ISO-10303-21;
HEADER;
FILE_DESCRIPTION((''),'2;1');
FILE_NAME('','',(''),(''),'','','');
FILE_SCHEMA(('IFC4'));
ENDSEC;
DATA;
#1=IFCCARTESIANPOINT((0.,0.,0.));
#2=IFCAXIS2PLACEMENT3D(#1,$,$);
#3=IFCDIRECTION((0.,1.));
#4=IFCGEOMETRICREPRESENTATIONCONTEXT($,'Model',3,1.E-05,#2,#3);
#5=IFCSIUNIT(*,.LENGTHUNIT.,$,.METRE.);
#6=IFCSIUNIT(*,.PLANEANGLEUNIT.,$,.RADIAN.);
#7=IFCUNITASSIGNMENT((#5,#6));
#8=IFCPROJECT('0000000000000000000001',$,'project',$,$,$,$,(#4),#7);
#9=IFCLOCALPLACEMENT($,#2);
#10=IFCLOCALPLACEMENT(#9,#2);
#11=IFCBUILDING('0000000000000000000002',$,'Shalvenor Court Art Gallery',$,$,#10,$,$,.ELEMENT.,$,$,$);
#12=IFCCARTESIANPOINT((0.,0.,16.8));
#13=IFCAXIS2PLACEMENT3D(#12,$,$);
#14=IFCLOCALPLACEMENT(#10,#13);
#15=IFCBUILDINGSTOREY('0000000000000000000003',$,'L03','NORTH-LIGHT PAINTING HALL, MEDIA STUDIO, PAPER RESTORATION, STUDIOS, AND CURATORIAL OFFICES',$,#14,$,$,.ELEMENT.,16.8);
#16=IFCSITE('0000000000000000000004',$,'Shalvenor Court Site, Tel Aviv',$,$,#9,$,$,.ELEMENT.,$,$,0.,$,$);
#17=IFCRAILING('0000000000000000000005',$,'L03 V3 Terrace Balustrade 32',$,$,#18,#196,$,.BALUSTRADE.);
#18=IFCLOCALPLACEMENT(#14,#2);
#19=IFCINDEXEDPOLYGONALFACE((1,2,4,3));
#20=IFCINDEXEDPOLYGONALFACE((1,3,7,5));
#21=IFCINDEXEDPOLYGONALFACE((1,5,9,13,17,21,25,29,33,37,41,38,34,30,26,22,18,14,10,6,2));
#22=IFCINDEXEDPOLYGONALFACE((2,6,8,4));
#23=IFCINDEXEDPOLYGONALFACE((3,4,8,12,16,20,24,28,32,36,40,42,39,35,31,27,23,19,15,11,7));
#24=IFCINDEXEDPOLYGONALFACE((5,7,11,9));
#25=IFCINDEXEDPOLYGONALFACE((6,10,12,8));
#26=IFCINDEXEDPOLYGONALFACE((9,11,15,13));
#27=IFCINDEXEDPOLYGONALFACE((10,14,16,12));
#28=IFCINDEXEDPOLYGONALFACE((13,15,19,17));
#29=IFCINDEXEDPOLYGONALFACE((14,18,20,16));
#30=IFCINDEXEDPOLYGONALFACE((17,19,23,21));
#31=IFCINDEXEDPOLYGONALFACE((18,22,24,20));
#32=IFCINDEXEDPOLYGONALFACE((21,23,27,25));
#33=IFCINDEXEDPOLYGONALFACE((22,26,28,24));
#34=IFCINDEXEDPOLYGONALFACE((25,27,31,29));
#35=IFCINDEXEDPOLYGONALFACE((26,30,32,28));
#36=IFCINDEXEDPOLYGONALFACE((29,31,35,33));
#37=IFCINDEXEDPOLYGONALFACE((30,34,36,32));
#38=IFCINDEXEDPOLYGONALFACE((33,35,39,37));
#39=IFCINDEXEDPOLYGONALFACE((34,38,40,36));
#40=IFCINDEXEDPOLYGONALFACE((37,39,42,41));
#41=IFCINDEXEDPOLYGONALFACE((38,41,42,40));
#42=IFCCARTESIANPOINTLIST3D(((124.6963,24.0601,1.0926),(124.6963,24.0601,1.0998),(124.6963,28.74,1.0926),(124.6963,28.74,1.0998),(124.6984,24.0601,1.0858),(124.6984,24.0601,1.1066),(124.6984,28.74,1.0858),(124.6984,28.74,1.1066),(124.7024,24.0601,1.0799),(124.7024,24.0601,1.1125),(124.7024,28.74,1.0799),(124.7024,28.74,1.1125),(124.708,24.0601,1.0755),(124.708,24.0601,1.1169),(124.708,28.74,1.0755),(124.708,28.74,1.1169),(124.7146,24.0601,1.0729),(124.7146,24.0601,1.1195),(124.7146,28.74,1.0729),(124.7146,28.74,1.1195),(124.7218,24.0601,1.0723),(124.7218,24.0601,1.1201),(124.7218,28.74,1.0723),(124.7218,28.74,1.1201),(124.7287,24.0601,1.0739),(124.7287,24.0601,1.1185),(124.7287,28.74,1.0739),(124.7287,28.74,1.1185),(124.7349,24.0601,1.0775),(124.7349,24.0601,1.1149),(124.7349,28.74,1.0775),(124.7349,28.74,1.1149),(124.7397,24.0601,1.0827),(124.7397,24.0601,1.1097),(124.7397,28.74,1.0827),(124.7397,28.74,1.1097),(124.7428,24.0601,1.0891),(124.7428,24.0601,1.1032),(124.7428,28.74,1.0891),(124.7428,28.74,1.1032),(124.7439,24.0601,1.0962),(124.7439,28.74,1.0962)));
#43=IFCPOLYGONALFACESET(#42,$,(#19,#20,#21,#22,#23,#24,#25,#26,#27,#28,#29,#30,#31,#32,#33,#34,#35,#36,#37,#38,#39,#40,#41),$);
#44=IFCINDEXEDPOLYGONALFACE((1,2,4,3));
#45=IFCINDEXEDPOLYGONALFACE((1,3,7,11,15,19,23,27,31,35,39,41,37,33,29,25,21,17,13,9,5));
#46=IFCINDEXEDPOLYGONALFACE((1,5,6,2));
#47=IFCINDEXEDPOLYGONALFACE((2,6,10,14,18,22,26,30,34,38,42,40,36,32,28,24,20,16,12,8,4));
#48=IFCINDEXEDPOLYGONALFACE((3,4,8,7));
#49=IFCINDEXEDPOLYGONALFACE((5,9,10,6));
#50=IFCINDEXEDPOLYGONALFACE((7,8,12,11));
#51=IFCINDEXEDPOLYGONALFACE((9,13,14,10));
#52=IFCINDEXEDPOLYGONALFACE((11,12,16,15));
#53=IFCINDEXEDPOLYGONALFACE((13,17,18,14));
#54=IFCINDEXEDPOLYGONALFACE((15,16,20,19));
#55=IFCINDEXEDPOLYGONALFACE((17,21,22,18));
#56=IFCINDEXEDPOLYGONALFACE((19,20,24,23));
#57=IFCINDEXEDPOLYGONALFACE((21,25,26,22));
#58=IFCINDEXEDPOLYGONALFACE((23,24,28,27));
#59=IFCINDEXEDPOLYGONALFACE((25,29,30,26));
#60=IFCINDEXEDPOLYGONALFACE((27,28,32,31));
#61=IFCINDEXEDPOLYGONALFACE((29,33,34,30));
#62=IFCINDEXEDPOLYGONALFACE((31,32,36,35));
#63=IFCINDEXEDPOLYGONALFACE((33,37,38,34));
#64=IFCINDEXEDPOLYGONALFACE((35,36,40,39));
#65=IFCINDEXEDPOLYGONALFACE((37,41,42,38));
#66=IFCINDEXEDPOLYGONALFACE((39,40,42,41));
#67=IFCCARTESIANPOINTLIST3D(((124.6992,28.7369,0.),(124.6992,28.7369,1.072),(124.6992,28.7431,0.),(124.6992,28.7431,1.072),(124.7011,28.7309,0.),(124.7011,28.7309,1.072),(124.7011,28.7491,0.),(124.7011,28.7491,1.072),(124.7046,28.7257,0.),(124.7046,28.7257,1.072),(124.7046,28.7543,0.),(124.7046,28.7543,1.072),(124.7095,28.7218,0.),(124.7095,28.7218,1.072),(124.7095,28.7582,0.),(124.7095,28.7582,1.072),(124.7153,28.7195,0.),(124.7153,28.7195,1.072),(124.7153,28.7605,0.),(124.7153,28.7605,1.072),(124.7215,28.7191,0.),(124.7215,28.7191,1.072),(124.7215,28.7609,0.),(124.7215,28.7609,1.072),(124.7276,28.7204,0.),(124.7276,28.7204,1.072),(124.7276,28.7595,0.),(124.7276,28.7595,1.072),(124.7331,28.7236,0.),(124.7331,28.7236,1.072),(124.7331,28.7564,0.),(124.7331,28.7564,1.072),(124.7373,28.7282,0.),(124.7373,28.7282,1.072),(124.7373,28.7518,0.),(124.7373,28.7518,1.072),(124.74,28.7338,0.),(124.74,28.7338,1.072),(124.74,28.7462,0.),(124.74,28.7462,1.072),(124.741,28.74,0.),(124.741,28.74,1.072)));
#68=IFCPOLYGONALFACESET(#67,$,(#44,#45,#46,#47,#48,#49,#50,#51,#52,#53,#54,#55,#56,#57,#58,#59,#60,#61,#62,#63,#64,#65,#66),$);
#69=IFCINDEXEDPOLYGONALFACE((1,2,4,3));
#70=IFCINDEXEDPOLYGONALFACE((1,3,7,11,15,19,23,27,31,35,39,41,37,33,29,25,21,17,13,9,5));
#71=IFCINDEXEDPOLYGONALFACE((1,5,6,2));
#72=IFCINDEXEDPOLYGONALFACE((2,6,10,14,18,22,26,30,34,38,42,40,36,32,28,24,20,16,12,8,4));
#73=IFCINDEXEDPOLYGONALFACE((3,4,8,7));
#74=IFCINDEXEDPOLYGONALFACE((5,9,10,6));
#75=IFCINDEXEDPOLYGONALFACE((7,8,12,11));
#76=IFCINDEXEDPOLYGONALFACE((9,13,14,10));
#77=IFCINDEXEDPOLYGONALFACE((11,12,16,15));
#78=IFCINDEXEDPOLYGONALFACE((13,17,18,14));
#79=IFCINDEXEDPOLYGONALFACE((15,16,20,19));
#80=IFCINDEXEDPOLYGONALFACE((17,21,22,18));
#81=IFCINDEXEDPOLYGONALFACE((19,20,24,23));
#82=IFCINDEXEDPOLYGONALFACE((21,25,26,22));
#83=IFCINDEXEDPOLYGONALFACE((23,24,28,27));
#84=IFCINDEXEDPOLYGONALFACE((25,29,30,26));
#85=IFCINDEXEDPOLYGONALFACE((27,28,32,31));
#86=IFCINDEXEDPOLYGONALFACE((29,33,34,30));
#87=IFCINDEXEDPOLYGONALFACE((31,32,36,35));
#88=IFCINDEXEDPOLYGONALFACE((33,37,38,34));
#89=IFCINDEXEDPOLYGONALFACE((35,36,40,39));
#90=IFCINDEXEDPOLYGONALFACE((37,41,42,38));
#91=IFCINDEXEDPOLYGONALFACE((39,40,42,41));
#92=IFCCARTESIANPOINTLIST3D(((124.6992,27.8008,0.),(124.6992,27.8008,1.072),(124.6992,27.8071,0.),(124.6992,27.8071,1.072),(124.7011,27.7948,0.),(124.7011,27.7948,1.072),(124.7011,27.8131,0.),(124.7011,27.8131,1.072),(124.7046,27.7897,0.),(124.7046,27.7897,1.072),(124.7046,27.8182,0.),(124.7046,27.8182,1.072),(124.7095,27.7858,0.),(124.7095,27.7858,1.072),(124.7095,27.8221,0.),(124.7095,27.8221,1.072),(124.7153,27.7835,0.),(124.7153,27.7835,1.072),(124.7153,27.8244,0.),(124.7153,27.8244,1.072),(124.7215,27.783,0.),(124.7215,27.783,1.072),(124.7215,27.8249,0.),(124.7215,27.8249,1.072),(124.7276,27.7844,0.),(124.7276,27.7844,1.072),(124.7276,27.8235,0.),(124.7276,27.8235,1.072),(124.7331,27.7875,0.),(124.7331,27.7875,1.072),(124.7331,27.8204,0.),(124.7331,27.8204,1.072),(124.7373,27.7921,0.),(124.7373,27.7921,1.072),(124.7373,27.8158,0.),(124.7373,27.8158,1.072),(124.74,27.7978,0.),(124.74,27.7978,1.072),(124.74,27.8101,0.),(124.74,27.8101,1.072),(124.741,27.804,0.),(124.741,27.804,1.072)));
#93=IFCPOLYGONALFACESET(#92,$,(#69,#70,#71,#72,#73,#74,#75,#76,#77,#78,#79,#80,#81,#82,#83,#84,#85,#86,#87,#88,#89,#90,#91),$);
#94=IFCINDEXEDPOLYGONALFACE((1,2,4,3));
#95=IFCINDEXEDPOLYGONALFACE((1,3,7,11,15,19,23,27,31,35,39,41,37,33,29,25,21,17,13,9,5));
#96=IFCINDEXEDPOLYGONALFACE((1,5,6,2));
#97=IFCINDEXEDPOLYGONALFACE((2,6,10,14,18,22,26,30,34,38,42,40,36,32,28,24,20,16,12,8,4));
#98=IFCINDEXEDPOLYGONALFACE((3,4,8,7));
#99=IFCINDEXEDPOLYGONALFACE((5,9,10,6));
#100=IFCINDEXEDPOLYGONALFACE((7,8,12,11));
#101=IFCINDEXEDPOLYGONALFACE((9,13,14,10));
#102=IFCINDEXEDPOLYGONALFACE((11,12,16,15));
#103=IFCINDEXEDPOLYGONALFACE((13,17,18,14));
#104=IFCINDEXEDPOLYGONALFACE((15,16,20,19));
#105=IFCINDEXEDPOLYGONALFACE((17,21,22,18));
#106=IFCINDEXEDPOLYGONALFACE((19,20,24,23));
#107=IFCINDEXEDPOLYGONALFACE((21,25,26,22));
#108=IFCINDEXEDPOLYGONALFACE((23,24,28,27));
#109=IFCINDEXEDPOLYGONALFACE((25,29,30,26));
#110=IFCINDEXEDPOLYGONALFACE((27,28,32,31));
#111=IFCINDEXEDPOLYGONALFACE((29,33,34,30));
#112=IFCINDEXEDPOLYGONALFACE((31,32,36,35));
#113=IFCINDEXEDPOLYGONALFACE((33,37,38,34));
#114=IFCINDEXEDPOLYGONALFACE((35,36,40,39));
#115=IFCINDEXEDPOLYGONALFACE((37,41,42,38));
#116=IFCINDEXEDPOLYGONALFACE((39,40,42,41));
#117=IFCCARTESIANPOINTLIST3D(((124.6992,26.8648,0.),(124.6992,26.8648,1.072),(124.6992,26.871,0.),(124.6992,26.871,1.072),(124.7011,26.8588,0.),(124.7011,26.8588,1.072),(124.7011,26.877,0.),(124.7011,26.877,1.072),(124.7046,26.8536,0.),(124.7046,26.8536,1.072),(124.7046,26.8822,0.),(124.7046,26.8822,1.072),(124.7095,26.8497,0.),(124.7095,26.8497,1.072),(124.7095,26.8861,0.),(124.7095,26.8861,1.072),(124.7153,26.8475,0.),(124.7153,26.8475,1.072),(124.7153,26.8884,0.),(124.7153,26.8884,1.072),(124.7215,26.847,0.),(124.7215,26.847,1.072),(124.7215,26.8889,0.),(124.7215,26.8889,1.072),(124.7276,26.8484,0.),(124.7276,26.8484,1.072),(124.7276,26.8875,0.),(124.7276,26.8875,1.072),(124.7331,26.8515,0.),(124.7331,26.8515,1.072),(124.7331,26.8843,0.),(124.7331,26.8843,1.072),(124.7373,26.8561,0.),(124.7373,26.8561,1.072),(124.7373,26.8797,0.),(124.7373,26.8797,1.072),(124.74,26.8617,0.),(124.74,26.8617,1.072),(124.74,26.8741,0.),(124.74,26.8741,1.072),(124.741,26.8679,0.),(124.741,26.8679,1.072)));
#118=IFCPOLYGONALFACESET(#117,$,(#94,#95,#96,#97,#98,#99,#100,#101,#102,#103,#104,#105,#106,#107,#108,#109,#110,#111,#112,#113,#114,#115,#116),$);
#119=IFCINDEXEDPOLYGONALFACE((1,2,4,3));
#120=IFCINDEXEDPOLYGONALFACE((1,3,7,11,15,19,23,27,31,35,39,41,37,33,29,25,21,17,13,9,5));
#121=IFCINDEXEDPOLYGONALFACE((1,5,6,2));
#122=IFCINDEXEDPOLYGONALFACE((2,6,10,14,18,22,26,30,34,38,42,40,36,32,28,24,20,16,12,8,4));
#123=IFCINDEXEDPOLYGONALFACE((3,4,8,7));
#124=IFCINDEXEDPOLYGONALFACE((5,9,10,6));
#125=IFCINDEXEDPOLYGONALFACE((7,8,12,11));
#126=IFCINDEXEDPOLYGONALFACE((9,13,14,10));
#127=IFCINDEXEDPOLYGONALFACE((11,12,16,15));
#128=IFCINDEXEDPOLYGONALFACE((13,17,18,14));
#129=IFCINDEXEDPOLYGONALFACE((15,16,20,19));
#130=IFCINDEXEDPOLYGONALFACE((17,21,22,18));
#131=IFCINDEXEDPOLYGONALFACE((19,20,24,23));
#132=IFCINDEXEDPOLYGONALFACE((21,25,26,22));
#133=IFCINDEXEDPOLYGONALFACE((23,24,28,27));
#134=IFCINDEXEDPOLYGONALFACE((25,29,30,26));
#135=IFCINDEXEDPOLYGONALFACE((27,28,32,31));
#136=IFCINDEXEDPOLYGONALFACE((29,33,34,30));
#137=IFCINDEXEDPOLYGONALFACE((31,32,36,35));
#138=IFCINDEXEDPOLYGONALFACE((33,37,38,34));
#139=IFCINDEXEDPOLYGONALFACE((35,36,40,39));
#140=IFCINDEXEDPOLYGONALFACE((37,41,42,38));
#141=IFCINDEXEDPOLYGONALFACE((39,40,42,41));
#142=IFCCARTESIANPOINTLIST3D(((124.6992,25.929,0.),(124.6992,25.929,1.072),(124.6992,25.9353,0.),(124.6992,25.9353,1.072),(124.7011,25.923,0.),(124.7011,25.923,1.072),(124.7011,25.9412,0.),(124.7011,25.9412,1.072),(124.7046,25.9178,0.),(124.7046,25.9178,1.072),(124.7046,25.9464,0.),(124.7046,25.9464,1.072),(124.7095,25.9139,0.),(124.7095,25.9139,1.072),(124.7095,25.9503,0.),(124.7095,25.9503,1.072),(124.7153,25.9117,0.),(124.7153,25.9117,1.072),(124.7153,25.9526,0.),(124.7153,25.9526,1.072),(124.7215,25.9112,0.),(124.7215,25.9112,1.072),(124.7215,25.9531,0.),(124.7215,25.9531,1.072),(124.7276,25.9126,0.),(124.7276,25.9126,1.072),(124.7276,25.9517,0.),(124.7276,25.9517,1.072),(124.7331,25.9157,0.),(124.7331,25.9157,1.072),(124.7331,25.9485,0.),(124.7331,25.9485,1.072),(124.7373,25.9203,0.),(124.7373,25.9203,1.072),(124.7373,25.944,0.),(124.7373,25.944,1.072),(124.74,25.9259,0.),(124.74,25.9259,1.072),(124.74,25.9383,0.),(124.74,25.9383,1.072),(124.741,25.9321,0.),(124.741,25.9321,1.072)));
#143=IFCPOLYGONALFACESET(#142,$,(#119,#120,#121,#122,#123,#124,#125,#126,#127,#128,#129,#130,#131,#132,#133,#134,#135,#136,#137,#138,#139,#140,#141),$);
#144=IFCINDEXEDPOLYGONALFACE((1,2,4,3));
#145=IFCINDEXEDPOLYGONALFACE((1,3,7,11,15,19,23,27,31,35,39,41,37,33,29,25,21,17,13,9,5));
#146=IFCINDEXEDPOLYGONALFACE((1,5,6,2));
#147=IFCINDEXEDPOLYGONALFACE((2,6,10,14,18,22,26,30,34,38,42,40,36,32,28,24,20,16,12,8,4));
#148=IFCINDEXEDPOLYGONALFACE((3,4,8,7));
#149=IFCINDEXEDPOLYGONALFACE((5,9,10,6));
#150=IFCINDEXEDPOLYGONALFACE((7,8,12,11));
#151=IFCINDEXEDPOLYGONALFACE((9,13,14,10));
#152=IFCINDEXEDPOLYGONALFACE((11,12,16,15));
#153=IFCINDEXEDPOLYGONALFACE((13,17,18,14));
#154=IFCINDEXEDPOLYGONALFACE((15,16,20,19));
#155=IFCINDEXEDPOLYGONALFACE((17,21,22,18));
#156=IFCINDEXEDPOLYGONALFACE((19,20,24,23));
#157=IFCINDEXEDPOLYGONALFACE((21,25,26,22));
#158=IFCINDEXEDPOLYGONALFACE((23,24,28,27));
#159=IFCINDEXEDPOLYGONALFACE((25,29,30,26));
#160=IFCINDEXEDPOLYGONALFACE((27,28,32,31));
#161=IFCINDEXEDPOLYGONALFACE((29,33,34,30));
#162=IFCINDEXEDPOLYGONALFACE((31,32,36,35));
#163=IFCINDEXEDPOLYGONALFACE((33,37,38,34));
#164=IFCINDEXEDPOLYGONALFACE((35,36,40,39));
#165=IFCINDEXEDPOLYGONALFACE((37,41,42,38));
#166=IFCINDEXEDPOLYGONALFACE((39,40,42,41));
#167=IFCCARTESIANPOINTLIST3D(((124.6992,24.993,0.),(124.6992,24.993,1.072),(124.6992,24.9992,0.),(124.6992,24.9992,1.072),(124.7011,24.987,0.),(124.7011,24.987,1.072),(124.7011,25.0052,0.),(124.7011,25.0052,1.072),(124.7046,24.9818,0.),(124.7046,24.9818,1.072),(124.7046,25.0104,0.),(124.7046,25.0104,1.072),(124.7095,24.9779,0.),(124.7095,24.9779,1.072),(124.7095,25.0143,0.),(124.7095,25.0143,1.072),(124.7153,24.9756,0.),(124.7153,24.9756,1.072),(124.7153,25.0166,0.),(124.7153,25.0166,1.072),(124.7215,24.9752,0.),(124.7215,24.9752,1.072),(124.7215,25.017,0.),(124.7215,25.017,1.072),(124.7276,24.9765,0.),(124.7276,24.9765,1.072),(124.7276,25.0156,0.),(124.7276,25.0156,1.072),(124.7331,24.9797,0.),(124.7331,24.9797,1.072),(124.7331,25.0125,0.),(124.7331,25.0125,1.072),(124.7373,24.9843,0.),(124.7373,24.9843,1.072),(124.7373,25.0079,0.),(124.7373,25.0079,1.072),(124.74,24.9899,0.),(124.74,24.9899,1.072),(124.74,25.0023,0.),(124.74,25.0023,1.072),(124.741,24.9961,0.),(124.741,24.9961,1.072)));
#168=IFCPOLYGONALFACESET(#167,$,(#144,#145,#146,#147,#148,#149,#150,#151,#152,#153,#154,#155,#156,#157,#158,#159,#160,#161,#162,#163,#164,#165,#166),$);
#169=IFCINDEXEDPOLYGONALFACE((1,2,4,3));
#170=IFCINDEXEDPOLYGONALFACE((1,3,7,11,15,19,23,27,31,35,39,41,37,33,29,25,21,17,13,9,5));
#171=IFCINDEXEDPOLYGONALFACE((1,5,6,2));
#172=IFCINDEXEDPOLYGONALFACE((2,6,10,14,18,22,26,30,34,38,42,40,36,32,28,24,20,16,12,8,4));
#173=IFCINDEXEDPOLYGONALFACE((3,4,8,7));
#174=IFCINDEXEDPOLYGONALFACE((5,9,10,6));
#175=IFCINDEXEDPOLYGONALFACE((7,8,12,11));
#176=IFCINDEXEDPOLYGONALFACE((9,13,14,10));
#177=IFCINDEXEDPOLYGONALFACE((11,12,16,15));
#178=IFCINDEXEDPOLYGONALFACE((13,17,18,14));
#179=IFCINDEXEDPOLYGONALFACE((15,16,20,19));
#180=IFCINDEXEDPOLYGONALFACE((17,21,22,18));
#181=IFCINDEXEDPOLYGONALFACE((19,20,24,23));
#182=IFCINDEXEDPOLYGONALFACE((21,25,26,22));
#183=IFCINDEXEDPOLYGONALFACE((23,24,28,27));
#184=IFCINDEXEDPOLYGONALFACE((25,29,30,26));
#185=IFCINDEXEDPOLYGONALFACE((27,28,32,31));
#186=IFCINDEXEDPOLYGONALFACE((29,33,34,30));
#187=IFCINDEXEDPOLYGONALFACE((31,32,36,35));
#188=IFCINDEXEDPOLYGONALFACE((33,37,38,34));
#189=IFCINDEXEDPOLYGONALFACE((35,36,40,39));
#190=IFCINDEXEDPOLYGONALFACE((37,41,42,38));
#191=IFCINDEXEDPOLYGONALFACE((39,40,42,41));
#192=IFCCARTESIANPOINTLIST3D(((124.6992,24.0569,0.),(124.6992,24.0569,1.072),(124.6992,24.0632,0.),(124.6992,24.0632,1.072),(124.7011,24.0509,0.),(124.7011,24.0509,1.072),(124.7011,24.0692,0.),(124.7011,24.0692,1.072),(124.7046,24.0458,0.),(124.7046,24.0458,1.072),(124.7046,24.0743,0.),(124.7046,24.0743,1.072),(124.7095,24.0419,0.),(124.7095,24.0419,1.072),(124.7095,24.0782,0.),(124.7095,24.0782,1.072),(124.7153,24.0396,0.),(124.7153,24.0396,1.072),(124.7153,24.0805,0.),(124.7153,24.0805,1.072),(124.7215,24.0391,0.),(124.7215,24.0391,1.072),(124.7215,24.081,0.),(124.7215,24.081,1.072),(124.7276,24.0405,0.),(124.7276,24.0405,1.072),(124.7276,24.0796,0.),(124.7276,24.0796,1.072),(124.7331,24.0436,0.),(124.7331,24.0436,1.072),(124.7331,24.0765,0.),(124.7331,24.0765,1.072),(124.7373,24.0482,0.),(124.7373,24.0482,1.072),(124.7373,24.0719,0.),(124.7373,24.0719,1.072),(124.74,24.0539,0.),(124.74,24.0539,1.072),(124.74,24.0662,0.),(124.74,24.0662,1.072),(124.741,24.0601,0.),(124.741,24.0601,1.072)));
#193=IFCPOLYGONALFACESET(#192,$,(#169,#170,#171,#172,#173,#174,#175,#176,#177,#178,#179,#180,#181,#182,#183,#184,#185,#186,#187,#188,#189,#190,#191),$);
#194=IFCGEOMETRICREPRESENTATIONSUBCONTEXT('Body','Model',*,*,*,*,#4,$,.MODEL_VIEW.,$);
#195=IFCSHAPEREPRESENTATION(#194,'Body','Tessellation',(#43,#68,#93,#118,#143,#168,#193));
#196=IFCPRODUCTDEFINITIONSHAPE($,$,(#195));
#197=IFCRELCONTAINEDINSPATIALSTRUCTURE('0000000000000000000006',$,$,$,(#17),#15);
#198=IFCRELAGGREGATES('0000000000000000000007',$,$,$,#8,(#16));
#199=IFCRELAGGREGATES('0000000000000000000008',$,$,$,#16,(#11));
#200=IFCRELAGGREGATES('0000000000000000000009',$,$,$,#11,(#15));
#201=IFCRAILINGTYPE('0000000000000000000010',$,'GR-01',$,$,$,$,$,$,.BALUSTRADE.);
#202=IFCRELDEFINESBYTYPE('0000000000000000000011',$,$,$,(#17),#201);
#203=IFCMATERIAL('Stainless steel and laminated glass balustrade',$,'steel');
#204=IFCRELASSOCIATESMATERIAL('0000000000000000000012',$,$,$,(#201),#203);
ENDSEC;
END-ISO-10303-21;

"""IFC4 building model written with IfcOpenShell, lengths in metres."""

from ifc_helpers import new_model, si_unit, direction, frame, origin, origin_2d, place, context, subcontext, project, spatial, circle, extrude, material, type_object, element, save


model = new_model("IFC4")

# Units and contexts
model_context = context("Model", 3, precision=1e-05, world=origin(), true_north=direction((0.0, 1.0)))
body_context = subcontext(model_context, "Body", "Model", "MODEL_VIEW")
ifc_project = project(units=[si_unit("LENGTHUNIT", "METRE"), si_unit("PLANEANGLEUNIT", "RADIAN")], contexts=[model_context])

# Site, building, storey
site_placement = place(None, origin())
site = spatial("IfcSite", under=ifc_project, at=site_placement, Name="Shalvenor Court Site, Tel Aviv", CompositionType="ELEMENT", RefElevation=0.0)
building_placement = place(site_placement, origin())
building = spatial("IfcBuilding", under=site, at=building_placement, Name="Shalvenor Court Art Gallery", CompositionType="ELEMENT")
storey_placement = place(building_placement, frame((0.0, 0.0, 16.8)))
storey = spatial("IfcBuildingStorey", under=building, at=storey_placement, Name="L03", Description="NORTH-LIGHT PAINTING HALL, MEDIA STUDIO, PAPER RESTORATION, STUDIOS, AND CURATORIAL OFFICES", CompositionType="ELEMENT", Elevation=16.8)

# Railing
ifc_material_1 = material(Name="Stainless steel and laminated glass balustrade", Category="steel")
railing_type = type_object("IfcRailingType", Name="GR-01", PredefinedType="BALUSTRADE", material=ifc_material_1)
railing_1_placement = place(storey_placement, frame((124.72, 28.74, 0.0)))
element("IfcRailing", 1, at=railing_1_placement, inside=storey, type_object=railing_type, Name="L03 V3 Terrace Balustrade 32", PredefinedType="BALUSTRADE", context=body_context, shape_type="SweptSolid", body=[
    extrude(circle(Radius=0.0239, at=origin_2d()), frame((0.0, 0.0, 1.0962), z_axis=(0.0, -1.0, 0.0), x_axis=(1.0, 0.0, 0.0)), (0.0, 0.0, 1.0), 4.6799),
    extrude(circle(Radius=0.021, at=origin_2d()), origin(), (0.0, 0.0, 1.0), 1.072),
    extrude(circle(Radius=0.021, at=origin_2d()), frame((0.0, -0.936, 0.0)), (0.0, 0.0, 1.0), 1.072),
    extrude(circle(Radius=0.021, at=origin_2d()), frame((0.0, -1.8721, 0.0)), (0.0, 0.0, 1.0), 1.072),
    extrude(circle(Radius=0.021, at=origin_2d()), frame((0.0, -2.8079, 0.0)), (0.0, 0.0, 1.0), 1.072),
    extrude(circle(Radius=0.021, at=origin_2d()), frame((0.0, -3.7439, 0.0)), (0.0, 0.0, 1.0), 1.072),
    extrude(circle(Radius=0.021, at=origin_2d()), frame((0.0, -4.6799, 0.0)), (0.0, 0.0, 1.0), 1.072),
])

save(model, "model.ifc")
